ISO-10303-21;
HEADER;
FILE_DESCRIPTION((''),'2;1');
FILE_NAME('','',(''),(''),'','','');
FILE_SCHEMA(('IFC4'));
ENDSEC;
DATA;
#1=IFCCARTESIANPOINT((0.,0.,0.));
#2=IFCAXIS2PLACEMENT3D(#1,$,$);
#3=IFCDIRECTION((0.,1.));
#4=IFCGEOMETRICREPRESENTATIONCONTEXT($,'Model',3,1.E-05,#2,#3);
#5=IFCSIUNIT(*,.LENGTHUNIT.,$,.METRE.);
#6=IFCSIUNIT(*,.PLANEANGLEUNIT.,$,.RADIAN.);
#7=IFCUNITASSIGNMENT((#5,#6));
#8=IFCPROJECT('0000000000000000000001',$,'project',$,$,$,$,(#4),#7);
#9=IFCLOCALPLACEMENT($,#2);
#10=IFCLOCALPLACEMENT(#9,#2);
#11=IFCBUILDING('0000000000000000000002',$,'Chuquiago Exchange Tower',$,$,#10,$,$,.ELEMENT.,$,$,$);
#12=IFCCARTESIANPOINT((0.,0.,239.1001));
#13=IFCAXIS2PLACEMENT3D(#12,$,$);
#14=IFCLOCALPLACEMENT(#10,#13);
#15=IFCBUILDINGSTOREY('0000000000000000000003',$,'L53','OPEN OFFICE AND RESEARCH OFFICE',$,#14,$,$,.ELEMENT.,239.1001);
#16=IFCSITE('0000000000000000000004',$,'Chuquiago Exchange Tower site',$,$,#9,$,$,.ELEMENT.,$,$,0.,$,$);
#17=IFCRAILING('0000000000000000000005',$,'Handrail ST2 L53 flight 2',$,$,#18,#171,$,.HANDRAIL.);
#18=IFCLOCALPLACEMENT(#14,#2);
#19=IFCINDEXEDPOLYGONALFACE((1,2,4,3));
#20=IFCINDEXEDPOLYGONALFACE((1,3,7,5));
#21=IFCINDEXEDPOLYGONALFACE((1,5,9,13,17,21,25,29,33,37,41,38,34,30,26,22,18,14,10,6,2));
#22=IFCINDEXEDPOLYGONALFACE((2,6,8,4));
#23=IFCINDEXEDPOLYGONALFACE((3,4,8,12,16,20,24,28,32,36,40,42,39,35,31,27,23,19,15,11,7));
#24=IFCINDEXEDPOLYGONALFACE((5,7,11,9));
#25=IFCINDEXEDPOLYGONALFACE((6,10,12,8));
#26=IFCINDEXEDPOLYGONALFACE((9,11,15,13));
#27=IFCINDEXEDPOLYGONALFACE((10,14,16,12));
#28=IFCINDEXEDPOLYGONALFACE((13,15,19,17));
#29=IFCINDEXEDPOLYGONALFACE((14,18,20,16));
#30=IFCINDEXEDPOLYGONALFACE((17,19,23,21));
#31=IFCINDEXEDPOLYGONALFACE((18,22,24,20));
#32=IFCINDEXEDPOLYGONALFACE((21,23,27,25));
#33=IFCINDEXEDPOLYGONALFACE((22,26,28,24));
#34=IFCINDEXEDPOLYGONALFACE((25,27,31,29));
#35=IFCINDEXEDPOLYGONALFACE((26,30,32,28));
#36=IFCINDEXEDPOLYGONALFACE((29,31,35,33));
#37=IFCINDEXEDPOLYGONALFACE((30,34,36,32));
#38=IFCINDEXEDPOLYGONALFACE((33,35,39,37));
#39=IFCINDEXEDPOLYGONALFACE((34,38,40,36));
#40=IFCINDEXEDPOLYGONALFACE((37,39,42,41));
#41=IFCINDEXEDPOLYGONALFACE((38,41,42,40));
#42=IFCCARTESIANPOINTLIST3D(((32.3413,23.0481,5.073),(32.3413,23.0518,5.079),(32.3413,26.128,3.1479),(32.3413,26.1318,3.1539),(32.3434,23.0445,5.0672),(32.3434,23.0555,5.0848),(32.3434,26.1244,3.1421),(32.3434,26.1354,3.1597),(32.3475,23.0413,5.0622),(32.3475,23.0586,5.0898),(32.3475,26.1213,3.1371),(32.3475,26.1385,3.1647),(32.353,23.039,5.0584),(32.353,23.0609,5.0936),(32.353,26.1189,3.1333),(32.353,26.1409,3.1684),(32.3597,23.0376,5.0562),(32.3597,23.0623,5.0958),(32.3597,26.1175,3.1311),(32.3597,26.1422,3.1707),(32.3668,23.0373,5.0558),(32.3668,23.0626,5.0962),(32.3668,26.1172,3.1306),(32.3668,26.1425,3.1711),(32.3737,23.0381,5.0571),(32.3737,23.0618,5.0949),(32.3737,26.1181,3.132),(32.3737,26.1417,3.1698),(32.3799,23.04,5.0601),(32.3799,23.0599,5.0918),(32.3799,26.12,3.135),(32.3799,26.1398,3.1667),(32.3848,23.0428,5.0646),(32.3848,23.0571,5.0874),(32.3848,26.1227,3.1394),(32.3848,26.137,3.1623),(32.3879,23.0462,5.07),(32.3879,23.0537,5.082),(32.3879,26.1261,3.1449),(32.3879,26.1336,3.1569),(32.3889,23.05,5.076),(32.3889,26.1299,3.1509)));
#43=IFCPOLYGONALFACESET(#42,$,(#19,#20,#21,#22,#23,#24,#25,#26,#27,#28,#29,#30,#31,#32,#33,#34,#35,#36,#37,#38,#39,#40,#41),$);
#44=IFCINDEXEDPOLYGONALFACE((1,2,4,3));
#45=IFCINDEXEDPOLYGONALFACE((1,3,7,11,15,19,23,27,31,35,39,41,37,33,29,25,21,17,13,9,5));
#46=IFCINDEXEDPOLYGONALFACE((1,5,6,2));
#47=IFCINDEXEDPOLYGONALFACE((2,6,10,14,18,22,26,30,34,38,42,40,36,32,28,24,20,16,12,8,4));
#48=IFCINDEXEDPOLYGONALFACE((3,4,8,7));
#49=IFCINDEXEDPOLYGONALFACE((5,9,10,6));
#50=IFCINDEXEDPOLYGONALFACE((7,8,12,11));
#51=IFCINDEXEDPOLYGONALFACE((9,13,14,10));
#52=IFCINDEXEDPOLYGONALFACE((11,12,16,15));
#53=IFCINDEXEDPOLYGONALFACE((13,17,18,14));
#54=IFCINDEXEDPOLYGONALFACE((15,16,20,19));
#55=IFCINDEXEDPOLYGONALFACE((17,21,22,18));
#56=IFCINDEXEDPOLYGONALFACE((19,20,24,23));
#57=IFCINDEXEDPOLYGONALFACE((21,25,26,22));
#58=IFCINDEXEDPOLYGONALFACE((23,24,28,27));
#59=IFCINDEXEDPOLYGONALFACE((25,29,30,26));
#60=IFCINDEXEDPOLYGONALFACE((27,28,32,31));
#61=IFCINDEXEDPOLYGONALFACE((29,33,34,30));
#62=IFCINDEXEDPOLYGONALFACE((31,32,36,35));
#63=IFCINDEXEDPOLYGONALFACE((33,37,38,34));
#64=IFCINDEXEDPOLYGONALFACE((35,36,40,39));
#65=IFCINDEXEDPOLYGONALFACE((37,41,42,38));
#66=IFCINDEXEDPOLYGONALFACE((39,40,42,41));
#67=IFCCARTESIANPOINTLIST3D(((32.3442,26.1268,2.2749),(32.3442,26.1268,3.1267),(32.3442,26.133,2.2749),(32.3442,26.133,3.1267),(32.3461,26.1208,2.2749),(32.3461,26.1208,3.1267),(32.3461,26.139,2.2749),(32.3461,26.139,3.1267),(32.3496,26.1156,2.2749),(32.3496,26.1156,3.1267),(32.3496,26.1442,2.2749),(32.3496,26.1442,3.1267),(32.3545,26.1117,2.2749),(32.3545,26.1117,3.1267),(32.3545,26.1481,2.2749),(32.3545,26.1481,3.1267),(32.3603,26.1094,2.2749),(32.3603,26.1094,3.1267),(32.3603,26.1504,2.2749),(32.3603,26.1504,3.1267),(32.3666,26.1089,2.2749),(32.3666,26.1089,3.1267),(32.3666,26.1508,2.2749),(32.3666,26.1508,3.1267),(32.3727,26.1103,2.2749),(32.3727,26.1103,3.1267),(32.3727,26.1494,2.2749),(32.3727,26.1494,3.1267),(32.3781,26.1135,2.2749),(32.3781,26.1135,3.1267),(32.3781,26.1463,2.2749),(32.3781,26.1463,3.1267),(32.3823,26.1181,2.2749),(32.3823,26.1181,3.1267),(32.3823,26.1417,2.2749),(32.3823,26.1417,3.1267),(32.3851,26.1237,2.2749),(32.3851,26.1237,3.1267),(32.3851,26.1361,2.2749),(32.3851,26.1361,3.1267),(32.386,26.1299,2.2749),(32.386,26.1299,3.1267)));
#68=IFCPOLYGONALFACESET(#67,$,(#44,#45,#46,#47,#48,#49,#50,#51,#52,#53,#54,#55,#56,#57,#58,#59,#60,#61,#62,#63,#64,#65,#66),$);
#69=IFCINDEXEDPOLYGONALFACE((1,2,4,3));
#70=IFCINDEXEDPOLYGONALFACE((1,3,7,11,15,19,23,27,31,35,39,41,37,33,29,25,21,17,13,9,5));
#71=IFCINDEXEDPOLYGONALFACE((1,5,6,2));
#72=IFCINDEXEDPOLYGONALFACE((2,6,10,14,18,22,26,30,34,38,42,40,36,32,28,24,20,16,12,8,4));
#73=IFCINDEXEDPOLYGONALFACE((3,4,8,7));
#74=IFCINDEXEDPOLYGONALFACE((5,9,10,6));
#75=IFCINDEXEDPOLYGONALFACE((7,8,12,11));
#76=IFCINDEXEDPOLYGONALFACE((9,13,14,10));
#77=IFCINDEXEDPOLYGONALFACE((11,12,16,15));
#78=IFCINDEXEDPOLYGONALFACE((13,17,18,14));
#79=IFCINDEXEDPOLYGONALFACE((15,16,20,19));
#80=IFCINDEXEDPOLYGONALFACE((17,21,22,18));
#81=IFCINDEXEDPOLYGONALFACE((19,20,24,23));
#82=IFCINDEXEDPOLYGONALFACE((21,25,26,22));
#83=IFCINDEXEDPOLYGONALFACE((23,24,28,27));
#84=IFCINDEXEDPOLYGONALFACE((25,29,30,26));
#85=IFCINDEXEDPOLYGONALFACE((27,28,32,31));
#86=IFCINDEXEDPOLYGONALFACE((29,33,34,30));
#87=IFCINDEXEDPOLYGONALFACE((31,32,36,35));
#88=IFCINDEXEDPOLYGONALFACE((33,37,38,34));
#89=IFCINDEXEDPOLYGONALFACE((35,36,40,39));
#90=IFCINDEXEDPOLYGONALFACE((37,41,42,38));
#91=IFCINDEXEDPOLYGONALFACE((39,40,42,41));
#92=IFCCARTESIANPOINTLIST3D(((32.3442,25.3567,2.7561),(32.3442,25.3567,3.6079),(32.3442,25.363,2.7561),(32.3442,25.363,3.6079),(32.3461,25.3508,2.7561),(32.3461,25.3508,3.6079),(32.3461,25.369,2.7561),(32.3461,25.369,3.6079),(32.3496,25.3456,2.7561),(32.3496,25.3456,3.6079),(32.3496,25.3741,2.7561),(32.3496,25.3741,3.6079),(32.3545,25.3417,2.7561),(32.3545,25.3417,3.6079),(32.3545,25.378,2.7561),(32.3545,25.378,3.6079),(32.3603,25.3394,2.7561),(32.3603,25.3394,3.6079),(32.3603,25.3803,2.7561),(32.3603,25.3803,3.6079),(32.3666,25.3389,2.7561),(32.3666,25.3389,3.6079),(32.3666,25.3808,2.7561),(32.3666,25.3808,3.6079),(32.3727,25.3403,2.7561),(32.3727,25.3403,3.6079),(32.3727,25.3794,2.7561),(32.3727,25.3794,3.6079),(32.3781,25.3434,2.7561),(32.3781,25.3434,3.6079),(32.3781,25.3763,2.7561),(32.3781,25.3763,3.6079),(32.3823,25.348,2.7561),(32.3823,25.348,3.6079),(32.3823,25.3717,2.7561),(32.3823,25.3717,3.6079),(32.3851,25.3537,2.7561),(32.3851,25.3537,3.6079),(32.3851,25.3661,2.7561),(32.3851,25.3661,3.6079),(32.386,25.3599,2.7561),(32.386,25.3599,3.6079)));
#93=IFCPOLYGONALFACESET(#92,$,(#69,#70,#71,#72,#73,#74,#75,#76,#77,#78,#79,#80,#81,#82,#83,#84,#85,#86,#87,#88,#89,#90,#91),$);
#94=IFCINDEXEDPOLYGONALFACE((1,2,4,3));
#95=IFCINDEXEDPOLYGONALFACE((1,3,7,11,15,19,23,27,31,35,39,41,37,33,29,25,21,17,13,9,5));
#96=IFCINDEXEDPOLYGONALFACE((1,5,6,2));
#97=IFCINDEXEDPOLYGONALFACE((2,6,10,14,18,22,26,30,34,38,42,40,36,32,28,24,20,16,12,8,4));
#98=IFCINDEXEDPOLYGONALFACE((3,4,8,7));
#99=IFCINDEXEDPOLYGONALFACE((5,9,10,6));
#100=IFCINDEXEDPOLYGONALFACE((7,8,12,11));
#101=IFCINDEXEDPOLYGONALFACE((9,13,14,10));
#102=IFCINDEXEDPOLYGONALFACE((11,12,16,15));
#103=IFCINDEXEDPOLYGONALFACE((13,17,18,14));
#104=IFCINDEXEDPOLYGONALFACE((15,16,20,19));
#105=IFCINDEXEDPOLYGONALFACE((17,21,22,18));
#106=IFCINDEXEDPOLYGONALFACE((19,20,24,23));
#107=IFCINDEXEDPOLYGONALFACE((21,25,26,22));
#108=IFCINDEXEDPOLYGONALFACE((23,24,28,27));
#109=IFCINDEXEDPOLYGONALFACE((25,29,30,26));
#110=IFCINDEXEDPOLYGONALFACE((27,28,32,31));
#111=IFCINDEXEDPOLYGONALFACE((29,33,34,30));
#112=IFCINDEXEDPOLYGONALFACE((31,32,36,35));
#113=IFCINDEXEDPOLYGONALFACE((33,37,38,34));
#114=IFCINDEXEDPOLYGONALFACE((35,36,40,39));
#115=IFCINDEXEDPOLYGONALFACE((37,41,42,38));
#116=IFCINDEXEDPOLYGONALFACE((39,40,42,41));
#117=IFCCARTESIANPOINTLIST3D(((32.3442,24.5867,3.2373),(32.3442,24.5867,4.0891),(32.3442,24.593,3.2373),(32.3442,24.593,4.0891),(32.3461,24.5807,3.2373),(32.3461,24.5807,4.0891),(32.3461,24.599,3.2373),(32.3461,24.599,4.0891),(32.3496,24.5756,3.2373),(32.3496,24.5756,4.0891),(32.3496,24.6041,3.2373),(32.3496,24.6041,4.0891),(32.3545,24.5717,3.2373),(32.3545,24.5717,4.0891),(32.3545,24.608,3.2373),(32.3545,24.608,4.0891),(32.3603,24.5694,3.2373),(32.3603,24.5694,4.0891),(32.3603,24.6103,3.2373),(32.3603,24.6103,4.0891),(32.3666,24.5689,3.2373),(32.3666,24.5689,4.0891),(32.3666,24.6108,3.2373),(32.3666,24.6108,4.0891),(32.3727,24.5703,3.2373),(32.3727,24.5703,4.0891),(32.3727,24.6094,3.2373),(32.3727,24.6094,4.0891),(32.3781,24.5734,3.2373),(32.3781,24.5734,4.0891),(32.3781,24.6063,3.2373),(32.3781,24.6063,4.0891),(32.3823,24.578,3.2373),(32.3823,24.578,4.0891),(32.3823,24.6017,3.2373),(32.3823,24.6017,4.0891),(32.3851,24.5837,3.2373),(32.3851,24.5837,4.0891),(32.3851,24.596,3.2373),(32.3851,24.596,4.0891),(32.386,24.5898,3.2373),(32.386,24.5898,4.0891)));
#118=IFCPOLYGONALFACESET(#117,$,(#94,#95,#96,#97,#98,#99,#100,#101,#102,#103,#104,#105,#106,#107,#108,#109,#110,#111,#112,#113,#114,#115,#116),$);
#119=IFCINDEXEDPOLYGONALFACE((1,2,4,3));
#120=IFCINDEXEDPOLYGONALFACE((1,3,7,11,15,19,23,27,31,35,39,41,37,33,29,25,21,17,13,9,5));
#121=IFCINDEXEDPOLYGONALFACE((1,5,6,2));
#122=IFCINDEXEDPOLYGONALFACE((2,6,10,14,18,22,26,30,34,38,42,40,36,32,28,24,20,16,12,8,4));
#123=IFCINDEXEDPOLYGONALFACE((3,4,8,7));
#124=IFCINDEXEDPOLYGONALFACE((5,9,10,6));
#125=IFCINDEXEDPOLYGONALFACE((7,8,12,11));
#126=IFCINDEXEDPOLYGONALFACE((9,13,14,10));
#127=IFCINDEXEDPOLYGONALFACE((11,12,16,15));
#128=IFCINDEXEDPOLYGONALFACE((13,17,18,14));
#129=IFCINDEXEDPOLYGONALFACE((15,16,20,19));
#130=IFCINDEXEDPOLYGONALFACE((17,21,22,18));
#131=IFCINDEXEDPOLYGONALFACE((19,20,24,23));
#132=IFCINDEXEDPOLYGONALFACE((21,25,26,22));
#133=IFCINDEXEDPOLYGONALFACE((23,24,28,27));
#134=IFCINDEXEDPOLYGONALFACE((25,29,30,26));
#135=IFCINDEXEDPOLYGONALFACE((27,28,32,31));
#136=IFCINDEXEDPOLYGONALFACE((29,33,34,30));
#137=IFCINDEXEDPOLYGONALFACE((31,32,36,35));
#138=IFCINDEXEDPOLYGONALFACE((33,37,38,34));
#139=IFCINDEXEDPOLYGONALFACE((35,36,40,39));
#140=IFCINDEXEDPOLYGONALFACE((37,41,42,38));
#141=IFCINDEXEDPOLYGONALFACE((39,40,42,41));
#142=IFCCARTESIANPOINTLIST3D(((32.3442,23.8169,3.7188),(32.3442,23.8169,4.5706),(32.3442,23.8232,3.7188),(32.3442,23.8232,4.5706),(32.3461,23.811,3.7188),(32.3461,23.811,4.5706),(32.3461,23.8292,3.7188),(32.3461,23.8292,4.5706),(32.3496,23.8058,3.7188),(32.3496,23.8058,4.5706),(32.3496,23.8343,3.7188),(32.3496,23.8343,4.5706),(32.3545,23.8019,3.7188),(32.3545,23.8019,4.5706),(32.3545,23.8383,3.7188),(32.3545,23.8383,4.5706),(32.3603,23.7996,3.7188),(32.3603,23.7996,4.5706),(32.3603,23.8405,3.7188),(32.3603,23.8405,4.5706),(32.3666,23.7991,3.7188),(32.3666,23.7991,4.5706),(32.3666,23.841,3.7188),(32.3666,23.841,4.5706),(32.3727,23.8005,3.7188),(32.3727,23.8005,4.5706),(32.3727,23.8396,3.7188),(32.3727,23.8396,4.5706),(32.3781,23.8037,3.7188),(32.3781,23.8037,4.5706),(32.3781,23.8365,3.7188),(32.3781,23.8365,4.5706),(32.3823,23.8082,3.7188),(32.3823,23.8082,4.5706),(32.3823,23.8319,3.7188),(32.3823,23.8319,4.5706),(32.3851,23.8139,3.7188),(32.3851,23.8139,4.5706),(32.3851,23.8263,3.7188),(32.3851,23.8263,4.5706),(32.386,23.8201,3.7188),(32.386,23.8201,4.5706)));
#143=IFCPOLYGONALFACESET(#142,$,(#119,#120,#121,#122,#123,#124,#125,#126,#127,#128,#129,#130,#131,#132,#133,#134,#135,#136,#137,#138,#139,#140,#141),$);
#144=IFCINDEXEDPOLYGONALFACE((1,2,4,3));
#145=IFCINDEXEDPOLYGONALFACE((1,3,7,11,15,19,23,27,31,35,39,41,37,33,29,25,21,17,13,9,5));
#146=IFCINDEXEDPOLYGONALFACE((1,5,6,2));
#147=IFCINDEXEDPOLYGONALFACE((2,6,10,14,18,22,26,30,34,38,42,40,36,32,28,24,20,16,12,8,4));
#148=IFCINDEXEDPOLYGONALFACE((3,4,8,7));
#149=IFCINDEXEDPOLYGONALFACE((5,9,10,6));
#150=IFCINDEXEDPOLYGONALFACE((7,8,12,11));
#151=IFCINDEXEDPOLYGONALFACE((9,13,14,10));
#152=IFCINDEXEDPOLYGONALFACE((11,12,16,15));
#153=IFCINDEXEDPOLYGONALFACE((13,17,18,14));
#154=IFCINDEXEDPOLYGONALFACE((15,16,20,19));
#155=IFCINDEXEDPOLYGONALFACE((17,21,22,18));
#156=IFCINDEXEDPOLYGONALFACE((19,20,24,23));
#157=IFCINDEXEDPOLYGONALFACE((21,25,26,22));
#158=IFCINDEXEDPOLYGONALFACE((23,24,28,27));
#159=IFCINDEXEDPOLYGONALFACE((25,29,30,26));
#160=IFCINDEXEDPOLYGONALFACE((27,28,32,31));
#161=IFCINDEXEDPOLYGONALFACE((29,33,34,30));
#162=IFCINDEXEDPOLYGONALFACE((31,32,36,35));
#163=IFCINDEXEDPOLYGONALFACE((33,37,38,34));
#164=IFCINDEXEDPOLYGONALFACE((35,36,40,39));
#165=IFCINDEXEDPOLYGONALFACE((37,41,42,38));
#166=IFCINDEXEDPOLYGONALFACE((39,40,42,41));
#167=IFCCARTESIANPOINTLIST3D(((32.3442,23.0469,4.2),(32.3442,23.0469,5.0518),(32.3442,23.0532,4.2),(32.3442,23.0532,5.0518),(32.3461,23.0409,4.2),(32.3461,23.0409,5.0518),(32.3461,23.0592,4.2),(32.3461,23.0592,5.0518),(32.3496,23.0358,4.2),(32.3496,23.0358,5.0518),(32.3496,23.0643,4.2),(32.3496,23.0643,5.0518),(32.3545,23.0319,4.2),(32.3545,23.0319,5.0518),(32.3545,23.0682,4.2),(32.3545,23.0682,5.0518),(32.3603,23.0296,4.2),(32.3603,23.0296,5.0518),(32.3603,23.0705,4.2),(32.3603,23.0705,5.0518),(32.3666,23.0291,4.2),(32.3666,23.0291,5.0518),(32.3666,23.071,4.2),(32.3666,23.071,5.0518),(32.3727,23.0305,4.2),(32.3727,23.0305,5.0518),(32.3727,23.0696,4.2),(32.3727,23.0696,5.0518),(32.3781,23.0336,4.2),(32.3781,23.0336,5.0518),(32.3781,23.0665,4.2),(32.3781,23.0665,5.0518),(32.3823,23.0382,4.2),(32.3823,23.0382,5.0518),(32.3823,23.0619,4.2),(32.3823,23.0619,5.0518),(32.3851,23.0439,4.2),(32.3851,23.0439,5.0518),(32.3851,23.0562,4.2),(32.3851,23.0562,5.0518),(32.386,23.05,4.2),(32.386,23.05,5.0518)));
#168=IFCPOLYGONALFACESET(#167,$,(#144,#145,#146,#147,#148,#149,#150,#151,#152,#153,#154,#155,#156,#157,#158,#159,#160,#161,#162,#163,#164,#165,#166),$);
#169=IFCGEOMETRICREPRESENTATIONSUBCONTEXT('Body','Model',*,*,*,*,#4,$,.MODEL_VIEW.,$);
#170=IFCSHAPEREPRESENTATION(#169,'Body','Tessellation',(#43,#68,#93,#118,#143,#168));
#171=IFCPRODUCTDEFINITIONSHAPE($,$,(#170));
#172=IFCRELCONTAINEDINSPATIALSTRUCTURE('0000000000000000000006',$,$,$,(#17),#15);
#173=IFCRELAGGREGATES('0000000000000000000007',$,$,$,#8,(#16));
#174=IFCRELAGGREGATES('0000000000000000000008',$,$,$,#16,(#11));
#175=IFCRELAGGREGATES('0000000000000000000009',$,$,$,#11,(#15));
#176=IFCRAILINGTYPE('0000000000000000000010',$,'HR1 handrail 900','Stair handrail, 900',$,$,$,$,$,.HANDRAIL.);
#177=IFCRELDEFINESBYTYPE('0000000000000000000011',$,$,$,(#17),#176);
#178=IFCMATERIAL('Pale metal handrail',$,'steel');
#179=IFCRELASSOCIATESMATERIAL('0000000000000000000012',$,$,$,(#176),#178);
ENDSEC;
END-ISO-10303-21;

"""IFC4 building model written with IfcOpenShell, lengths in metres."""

from ifc_helpers import new_model, si_unit, direction, frame, origin, origin_2d, place, context, subcontext, project, spatial, circle, extrude, material, type_object, element, save


model = new_model("IFC4")

# Units and contexts
model_context = context("Model", 3, precision=1e-05, world=origin(), true_north=direction((0.0, 1.0)))
body_context = subcontext(model_context, "Body", "Model", "MODEL_VIEW")
ifc_project = project(units=[si_unit("LENGTHUNIT", "METRE"), si_unit("PLANEANGLEUNIT", "RADIAN")], contexts=[model_context])

# Site, building, storey
site_placement = place(None, origin())
site = spatial("IfcSite", under=ifc_project, at=site_placement, Name="Chuquiago Exchange Tower site", CompositionType="ELEMENT", RefElevation=0.0)
building_placement = place(site_placement, origin())
building = spatial("IfcBuilding", under=site, at=building_placement, Name="Chuquiago Exchange Tower", CompositionType="ELEMENT")
storey_placement = place(building_placement, frame((0.0, 0.0, 239.1001)))
storey = spatial("IfcBuildingStorey", under=building, at=storey_placement, Name="L53", Description="OPEN OFFICE AND RESEARCH OFFICE", CompositionType="ELEMENT", Elevation=239.1001)

# Railing
ifc_material_1 = material(Name="Pale metal handrail", Category="steel")
railing_type_1 = type_object("IfcRailingType", Name="HR1 handrail 900", Description="Stair handrail, 900", PredefinedType="HANDRAIL", material=ifc_material_1)
for number, where, name in (
    (1, (32.365, 26.1299, 2.2749), "Handrail ST2 L53 flight 2"),
):
    element("IfcRailing", number, at=place(storey_placement, frame(where)), inside=storey, type_object=railing_type_1, Name=name, PredefinedType="HANDRAIL", context=body_context, shape_type="SweptSolid", body=[
        extrude(circle(Radius=0.0239, at=origin_2d()), frame((0.0, 0.0, 0.876), z_axis=(0.0, -0.847979, 0.530029), x_axis=(1.0, 0.0, 0.0)), (0.0, 0.0, 1.0), 3.6321),
        extrude(circle(Radius=0.021, at=origin_2d()), origin(), (0.0, 0.0, 1.0), 0.8518),
        extrude(circle(Radius=0.021, at=origin_2d()), frame((0.0, -0.77, 0.4812)), (0.0, 0.0, 1.0), 0.8518),
        extrude(circle(Radius=0.021, at=origin_2d()), frame((0.0, -1.54, 0.9624)), (0.0, 0.0, 1.0), 0.8518),
        extrude(circle(Radius=0.021, at=origin_2d()), frame((0.0, -2.3098, 1.4438)), (0.0, 0.0, 1.0), 0.8518),
        extrude(circle(Radius=0.021, at=origin_2d()), frame((0.0, -3.0798, 1.925)), (0.0, 0.0, 1.0), 0.8518),
    ])

save(model, "model.ifc")
